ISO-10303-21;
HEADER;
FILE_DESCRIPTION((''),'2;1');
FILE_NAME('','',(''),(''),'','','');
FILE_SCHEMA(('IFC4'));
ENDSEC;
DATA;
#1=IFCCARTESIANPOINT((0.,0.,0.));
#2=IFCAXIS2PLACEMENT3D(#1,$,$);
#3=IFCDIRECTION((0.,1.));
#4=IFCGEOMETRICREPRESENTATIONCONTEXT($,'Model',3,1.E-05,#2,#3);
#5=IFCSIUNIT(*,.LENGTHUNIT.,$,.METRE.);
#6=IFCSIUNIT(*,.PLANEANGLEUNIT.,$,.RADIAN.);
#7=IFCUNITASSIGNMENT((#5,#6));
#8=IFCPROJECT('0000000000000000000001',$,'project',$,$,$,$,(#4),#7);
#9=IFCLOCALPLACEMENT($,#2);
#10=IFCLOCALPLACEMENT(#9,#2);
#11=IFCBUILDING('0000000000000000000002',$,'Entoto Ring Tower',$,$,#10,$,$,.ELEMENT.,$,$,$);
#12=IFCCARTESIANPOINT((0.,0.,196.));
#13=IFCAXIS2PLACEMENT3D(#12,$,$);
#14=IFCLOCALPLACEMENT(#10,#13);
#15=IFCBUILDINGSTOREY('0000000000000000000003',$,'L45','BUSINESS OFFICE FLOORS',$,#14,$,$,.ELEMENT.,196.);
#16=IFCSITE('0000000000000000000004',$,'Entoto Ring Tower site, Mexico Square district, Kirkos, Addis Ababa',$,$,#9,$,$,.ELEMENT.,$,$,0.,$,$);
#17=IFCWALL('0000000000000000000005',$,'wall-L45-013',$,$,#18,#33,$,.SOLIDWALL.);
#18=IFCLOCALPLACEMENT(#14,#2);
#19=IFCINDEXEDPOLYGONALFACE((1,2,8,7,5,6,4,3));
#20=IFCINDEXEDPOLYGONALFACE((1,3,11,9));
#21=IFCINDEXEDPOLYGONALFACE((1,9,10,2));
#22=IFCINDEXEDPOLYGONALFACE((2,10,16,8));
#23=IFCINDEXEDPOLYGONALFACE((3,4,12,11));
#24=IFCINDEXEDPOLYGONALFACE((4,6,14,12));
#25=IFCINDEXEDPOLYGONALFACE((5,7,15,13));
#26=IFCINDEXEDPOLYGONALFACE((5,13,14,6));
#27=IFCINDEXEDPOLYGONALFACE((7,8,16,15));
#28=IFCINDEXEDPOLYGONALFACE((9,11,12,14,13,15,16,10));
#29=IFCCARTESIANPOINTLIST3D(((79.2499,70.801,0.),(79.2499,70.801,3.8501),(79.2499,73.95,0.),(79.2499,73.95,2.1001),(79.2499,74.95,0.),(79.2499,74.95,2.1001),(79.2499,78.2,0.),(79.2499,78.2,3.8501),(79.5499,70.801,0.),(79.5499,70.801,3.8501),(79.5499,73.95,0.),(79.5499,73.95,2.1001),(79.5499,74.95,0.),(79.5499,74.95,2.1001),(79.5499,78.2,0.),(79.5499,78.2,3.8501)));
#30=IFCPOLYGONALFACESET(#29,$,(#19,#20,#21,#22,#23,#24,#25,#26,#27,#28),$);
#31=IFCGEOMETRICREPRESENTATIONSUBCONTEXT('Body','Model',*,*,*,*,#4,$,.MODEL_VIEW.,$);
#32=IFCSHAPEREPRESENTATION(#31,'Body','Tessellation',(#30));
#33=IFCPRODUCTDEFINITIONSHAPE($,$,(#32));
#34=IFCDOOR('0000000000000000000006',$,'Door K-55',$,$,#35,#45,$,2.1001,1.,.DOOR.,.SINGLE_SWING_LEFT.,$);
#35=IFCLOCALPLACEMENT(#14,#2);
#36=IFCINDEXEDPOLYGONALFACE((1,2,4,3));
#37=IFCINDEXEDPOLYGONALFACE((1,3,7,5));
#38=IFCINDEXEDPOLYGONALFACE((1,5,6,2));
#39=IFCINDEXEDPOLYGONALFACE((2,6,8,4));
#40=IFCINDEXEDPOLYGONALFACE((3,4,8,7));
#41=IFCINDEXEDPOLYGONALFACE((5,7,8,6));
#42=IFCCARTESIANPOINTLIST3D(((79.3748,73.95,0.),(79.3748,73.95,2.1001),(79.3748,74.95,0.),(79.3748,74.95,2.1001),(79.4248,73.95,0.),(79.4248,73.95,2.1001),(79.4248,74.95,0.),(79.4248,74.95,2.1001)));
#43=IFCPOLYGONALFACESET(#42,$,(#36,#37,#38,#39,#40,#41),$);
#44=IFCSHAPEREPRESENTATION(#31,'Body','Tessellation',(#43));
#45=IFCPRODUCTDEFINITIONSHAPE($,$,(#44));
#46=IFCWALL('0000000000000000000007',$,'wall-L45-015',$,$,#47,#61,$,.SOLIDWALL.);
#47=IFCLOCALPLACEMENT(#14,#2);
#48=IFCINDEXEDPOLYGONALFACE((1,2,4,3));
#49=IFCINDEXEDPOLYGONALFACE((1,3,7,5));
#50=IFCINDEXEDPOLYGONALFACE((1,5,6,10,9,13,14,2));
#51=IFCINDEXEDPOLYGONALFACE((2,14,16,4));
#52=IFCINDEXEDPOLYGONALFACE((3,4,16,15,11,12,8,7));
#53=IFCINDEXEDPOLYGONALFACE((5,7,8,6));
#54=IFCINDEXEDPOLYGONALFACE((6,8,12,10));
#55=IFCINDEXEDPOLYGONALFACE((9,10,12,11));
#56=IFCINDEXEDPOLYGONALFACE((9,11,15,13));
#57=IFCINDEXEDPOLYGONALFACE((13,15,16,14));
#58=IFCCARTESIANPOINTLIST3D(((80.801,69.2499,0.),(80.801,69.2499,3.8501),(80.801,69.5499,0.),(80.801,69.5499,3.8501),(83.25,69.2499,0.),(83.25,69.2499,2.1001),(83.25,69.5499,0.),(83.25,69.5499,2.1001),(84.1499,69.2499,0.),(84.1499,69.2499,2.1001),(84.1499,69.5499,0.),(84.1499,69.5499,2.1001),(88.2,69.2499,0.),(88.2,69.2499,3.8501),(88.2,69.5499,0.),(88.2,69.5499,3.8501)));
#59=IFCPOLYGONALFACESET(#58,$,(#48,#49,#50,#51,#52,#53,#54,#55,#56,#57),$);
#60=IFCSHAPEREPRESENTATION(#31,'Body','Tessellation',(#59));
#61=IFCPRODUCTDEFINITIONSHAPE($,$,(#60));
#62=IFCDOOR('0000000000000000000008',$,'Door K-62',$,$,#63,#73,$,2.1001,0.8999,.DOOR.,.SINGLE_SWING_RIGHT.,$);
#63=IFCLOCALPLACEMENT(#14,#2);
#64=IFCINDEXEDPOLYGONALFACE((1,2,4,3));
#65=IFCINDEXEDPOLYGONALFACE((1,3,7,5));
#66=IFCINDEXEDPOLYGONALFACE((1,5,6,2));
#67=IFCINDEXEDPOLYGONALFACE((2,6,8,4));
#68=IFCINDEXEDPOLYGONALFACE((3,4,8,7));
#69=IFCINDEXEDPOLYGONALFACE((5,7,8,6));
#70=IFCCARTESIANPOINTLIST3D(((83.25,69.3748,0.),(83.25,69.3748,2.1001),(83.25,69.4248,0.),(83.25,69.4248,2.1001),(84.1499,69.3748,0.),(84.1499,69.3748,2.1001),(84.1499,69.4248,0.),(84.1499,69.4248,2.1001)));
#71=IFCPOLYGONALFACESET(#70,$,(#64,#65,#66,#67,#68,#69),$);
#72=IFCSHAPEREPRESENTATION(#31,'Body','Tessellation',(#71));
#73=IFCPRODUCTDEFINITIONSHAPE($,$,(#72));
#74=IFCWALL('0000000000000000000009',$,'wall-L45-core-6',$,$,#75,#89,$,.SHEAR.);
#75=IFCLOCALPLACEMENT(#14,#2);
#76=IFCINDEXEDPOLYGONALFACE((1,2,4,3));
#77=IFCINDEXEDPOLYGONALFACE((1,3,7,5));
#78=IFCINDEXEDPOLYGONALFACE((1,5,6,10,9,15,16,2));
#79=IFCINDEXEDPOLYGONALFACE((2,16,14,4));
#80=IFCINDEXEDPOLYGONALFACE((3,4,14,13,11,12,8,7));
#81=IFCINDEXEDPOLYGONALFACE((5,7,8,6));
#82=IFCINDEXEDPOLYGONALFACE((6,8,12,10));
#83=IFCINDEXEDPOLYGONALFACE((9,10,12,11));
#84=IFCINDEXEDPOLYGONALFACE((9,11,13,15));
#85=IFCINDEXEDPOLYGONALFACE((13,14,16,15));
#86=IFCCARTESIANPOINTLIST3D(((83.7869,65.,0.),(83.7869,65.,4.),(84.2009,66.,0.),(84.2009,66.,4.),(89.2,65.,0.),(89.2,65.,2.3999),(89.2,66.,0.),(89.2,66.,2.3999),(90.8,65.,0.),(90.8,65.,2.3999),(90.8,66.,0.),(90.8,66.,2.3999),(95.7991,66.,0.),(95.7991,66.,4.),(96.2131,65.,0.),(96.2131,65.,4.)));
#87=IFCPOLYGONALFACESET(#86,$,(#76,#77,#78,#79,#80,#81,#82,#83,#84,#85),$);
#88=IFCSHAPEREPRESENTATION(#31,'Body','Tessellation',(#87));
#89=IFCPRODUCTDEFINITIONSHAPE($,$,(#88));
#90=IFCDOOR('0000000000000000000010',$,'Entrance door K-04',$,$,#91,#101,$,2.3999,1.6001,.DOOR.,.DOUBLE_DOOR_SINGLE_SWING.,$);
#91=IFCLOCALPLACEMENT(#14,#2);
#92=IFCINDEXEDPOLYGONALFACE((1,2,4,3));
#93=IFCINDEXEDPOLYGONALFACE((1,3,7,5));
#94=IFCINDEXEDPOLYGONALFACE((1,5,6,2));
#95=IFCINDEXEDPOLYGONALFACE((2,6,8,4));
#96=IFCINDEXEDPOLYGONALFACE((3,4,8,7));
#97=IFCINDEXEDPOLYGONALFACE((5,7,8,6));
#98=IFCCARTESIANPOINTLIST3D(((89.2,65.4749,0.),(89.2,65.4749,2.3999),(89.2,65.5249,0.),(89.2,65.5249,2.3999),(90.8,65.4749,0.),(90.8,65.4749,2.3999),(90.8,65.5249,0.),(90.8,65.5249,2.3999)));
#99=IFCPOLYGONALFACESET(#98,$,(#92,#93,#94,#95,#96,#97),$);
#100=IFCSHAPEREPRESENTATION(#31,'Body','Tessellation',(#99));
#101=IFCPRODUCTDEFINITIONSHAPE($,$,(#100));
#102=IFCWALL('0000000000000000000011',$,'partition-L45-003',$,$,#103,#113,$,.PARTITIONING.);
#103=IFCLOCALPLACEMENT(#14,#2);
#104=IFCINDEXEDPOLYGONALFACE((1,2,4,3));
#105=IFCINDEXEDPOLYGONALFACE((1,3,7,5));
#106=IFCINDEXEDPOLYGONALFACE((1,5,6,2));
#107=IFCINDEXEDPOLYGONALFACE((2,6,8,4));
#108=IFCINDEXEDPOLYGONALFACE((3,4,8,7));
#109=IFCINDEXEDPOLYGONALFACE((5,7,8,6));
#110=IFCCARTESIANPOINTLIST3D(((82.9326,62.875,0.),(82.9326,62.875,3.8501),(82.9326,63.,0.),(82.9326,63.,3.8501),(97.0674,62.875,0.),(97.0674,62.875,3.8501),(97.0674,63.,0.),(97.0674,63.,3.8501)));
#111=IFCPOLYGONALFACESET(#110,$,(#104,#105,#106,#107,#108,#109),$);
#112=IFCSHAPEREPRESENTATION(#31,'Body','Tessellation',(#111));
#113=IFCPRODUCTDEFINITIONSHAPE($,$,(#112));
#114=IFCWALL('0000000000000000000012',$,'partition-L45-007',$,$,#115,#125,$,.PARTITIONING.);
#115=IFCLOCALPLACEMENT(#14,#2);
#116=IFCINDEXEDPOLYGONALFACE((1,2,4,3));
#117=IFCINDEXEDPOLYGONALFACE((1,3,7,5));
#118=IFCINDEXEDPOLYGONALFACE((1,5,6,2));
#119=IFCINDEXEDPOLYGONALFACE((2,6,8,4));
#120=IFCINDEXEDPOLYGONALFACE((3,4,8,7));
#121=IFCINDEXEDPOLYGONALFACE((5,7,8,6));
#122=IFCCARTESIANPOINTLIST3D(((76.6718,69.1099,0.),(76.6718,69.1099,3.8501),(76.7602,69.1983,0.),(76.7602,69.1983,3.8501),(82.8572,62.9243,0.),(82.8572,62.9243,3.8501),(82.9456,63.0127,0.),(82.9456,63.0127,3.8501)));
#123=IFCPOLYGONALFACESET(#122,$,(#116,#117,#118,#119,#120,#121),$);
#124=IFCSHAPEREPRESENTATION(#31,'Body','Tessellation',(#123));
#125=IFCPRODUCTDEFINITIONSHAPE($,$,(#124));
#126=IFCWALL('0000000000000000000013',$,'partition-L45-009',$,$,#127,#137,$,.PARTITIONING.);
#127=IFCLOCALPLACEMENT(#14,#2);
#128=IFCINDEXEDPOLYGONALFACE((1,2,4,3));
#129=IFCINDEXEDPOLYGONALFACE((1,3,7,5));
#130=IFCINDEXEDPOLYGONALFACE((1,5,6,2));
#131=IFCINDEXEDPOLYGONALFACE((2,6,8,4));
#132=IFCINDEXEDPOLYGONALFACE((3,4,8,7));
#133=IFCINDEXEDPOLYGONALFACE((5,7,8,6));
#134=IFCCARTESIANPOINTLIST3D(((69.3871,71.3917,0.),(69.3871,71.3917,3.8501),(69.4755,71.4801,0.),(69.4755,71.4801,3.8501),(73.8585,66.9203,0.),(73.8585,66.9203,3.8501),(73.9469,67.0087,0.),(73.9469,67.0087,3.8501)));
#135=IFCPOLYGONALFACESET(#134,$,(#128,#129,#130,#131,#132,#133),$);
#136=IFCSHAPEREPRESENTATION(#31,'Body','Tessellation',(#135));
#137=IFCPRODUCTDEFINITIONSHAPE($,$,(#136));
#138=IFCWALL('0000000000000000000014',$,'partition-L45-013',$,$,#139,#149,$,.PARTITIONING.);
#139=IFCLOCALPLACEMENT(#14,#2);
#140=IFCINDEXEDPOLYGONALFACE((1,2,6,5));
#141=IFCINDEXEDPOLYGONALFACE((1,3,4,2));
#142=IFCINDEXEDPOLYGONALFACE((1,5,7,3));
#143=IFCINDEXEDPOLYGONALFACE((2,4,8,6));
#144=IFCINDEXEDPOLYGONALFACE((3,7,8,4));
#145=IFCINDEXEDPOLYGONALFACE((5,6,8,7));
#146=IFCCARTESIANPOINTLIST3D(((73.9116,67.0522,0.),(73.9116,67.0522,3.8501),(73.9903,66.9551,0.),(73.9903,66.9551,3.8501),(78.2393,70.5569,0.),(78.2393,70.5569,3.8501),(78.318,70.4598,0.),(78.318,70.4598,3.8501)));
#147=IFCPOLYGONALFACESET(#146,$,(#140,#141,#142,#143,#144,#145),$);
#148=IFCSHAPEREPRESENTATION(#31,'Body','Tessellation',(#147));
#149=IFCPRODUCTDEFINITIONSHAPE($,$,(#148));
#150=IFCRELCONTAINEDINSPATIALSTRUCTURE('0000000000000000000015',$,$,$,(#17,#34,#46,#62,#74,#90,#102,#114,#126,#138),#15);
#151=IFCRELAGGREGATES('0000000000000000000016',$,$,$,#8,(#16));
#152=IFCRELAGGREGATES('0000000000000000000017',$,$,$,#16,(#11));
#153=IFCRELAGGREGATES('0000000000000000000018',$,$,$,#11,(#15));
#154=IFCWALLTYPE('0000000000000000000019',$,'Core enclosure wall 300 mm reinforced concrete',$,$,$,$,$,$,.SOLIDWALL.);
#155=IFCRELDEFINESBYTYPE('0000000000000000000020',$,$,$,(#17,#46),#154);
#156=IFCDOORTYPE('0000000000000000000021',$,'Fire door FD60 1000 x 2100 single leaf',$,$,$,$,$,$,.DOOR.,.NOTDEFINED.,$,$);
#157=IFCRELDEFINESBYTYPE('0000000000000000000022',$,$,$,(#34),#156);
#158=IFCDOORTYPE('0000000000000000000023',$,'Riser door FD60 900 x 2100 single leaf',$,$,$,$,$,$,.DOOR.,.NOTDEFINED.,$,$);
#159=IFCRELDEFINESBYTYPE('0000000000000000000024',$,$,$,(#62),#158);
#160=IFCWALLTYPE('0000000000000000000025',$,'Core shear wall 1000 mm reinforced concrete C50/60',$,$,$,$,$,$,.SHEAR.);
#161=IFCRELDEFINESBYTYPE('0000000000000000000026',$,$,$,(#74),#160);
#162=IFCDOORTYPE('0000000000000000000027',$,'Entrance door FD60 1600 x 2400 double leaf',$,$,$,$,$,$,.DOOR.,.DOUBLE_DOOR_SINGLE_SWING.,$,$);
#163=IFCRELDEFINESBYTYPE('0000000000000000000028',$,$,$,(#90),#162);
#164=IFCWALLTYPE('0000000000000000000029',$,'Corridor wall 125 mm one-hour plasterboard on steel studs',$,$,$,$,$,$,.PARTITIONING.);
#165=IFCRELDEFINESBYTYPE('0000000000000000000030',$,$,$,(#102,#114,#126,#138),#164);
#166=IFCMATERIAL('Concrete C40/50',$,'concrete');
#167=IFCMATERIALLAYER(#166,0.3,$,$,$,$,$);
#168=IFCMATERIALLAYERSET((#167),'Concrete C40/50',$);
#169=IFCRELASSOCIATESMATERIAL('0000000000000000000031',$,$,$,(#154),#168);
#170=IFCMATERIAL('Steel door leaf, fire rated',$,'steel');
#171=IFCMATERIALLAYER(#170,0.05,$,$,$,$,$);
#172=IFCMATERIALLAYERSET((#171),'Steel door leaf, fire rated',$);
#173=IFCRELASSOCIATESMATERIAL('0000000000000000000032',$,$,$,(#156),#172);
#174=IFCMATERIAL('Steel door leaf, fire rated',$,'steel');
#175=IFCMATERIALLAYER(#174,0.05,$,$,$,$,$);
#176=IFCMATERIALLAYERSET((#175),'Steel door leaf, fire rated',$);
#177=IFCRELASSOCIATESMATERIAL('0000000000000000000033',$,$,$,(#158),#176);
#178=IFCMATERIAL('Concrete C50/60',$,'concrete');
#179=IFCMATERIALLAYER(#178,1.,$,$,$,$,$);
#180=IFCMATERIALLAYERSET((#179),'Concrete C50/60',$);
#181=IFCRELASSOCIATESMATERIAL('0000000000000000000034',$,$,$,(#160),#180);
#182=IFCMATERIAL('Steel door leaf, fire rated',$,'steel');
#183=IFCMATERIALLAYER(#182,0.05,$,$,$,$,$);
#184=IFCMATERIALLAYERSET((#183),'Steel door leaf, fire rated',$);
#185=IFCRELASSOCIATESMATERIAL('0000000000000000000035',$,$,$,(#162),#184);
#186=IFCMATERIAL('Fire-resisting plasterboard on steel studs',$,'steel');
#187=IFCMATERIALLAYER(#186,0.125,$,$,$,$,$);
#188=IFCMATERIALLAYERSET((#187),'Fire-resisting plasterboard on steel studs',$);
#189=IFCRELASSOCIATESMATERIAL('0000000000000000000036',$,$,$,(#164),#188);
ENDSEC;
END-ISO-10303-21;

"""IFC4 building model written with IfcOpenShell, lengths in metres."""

from ifc_helpers import new_model, si_unit, direction, frame, frame_2d, origin, place, context, subcontext, project, spatial, polyline, rectangle, outline, extrude, material, layer, layer_set, type_object, element, fill, save


model = new_model("IFC4")

# Units and contexts
model_context = context("Model", 3, precision=1e-05, world=origin(), true_north=direction((0.0, 1.0)))
body_context = subcontext(model_context, "Body", "Model", "MODEL_VIEW")
ifc_project = project(units=[si_unit("LENGTHUNIT", "METRE"), si_unit("PLANEANGLEUNIT", "RADIAN")], contexts=[model_context])

# Site, building, storey
site_placement = place(None, origin())
site = spatial("IfcSite", under=ifc_project, at=site_placement, Name="Entoto Ring Tower site, Mexico Square district, Kirkos, Addis Ababa", CompositionType="ELEMENT", RefElevation=0.0)
building_placement = place(site_placement, origin())
building = spatial("IfcBuilding", under=site, at=building_placement, Name="Entoto Ring Tower", CompositionType="ELEMENT")
storey_placement = place(building_placement, frame((0.0, 0.0, 196.0)))
storey = spatial("IfcBuildingStorey", under=building, at=storey_placement, Name="L45", Description="BUSINESS OFFICE FLOORS", CompositionType="ELEMENT", Elevation=196.0)

# Walls, openings, doors
ifc_material_1 = material(Name="Concrete C40/50", Category="concrete")
ifc_layer_1 = layer(ifc_material_1, 0.3)
ifc_layer_set_1 = layer_set([ifc_layer_1], Name="Concrete C40/50")
wall_type_1 = type_object("IfcWallType", Name="Core enclosure wall 300 mm reinforced concrete", PredefinedType="SOLIDWALL", material=ifc_layer_set_1)
wall_1_placement = place(storey_placement, frame((79.3999, 70.801, 0.0), z_axis=(0.0, 0.0, 1.0), x_axis=(0.0, 1.0, 0.0)))
wall_1 = element("IfcWall", 1, at=wall_1_placement, inside=storey, type_object=wall_type_1, Name="wall-L45-013", PredefinedType="SOLIDWALL", context=body_context, shape_type="SweptSolid", body=[
    extrude(rectangle(XDim=7.3989, YDim=0.3, at=frame_2d((3.6995, 0.0))), origin(), (0.0, 0.0, 1.0), 3.8501),
])
opening_1_placement = place(wall_1_placement, frame((3.1489, 0.0, 0.0)))
opening_1 = element("IfcOpeningElement", 2, at=opening_1_placement, cuts=wall_1, PredefinedType="OPENING", context=body_context, shape_type="SweptSolid", body=[
    extrude(rectangle(XDim=1.0, YDim=2.1001, at=frame_2d((0.5, 1.05))), frame((0.0, 0.1602, 0.0), z_axis=(0.0, -1.0, 0.0), x_axis=(1.0, 0.0, 0.0)), (0.0, 0.0, 1.0), 0.3201),
])
ifc_material_2 = material(Name="Steel door leaf, fire rated", Category="steel")
ifc_layer_2 = layer(ifc_material_2, 0.05)
ifc_layer_set_2 = layer_set([ifc_layer_2], Name="Steel door leaf, fire rated")
door_type_1 = type_object("IfcDoorType", Name="Fire door FD60 1000 x 2100 single leaf", OperationType="NOTDEFINED", PredefinedType="DOOR", material=ifc_layer_set_2)
door_1_placement = place(opening_1_placement, frame((1.0, 0.0, 0.0), z_axis=(0.0, 0.0, 1.0), x_axis=(-1.0, 0.0, 0.0)))
door_1 = element("IfcDoor", 3, at=door_1_placement, inside=storey, type_object=door_type_1, Name="Door K-55", OperationType="SINGLE_SWING_LEFT", OverallHeight=2.1001, OverallWidth=1.0, PredefinedType="DOOR", context=body_context, shape_type="SweptSolid", body=[
    extrude(rectangle(XDim=1.0, YDim=2.1001, at=frame_2d((0.5, 1.05))), frame((0.0, 0.0249, 0.0), z_axis=(0.0, -1.0, 0.0), x_axis=(1.0, 0.0, 0.0)), (0.0, 0.0, 1.0), 0.05),
])
fill(opening_1, door_1)
wall_2_placement = place(storey_placement, frame((80.801, 69.3999, 0.0), z_axis=(0.0, 0.0, 1.0), x_axis=(1.0, 0.0, 0.0)))
wall_2 = element("IfcWall", 4, at=wall_2_placement, inside=storey, type_object=wall_type_1, Name="wall-L45-015", PredefinedType="SOLIDWALL", context=body_context, shape_type="SweptSolid", body=[
    extrude(rectangle(XDim=7.3989, YDim=0.3, at=frame_2d((3.6995, 0.0))), origin(), (0.0, 0.0, 1.0), 3.8501),
])
opening_2_placement = place(wall_2_placement, frame((2.449, 0.0, 0.0)))
opening_2 = element("IfcOpeningElement", 5, at=opening_2_placement, cuts=wall_2, PredefinedType="OPENING", context=body_context, shape_type="SweptSolid", body=[
    extrude(rectangle(XDim=0.8999, YDim=2.1001, at=frame_2d((0.45, 1.05))), frame((0.0, 0.1602, 0.0), z_axis=(0.0, -1.0, 0.0), x_axis=(1.0, 0.0, 0.0)), (0.0, 0.0, 1.0), 0.3201),
])
ifc_material_3 = material(Name="Steel door leaf, fire rated", Category="steel")
ifc_layer_3 = layer(ifc_material_3, 0.05)
ifc_layer_set_3 = layer_set([ifc_layer_3], Name="Steel door leaf, fire rated")
door_type_2 = type_object("IfcDoorType", Name="Riser door FD60 900 x 2100 single leaf", OperationType="NOTDEFINED", PredefinedType="DOOR", material=ifc_layer_set_3)
door_2_placement = place(opening_2_placement, origin())
door_2 = element("IfcDoor", 6, at=door_2_placement, inside=storey, type_object=door_type_2, Name="Door K-62", OperationType="SINGLE_SWING_RIGHT", OverallHeight=2.1001, OverallWidth=0.8999, PredefinedType="DOOR", context=body_context, shape_type="SweptSolid", body=[
    extrude(rectangle(XDim=0.8999, YDim=2.1001, at=frame_2d((0.45, 1.05))), frame((0.0, 0.0249, 0.0), z_axis=(0.0, -1.0, 0.0), x_axis=(1.0, 0.0, 0.0)), (0.0, 0.0, 1.0), 0.05),
])
fill(opening_2, door_2)
ifc_material_4 = material(Name="Concrete C50/60", Category="concrete")
ifc_layer_4 = layer(ifc_material_4, 1.0)
ifc_layer_set_4 = layer_set([ifc_layer_4], Name="Concrete C50/60")
wall_type_2 = type_object("IfcWallType", Name="Core shear wall 1000 mm reinforced concrete C50/60", PredefinedType="SHEAR", material=ifc_layer_set_4)
wall_3_placement = place(storey_placement, frame((83.9939, 65.5, 0.0), z_axis=(0.0, 0.0, 1.0), x_axis=(1.0, 0.0, 0.0)))
wall_3 = element("IfcWall", 7, at=wall_3_placement, inside=storey, type_object=wall_type_2, Name="wall-L45-core-6", PredefinedType="SHEAR", context=body_context, shape_type="SweptSolid", body=[
    extrude(outline(polyline([(-0.207, -0.5), (12.2192, -0.5), (11.8052, 0.5), (0.207, 0.5), (-0.207, -0.5)])), origin(), (0.0, 0.0, 1.0), 4.0),
])
opening_3_placement = place(wall_3_placement, frame((5.2061, 0.0, 0.0)))
opening_3 = element("IfcOpeningElement", 8, at=opening_3_placement, cuts=wall_3, PredefinedType="OPENING", context=body_context, shape_type="SweptSolid", body=[
    extrude(rectangle(XDim=1.6001, YDim=2.3999, at=frame_2d((0.8, 1.2))), frame((0.0, 0.51, 0.0), z_axis=(0.0, -1.0, 0.0), x_axis=(1.0, 0.0, 0.0)), (0.0, 0.0, 1.0), 1.02),
])
ifc_material_5 = material(Name="Steel door leaf, fire rated", Category="steel")
ifc_layer_5 = layer(ifc_material_5, 0.05)
ifc_layer_set_5 = layer_set([ifc_layer_5], Name="Steel door leaf, fire rated")
door_type_3 = type_object("IfcDoorType", Name="Entrance door FD60 1600 x 2400 double leaf", OperationType="DOUBLE_DOOR_SINGLE_SWING", PredefinedType="DOOR", material=ifc_layer_set_5)
door_3_placement = place(opening_3_placement, origin())
door_3 = element("IfcDoor", 9, at=door_3_placement, inside=storey, type_object=door_type_3, Name="Entrance door K-04", OperationType="DOUBLE_DOOR_SINGLE_SWING", OverallHeight=2.3999, OverallWidth=1.6001, PredefinedType="DOOR", context=body_context, shape_type="SweptSolid", body=[
    extrude(rectangle(XDim=1.6001, YDim=2.3999, at=frame_2d((0.8, 1.2))), frame((0.0, 0.0249, 0.0), z_axis=(0.0, -1.0, 0.0), x_axis=(1.0, 0.0, 0.0)), (0.0, 0.0, 1.0), 0.05),
])
fill(opening_3, door_3)

# Walls
ifc_material_6 = material(Name="Fire-resisting plasterboard on steel studs", Category="steel")
ifc_layer_6 = layer(ifc_material_6, 0.125)
ifc_layer_set_6 = layer_set([ifc_layer_6], Name="Fire-resisting plasterboard on steel studs")
wall_type_3 = type_object("IfcWallType", Name="Corridor wall 125 mm one-hour plasterboard on steel studs", PredefinedType="PARTITIONING", material=ifc_layer_set_6)
wall_4_placement = place(storey_placement, frame((82.9326, 62.9375, 0.0), z_axis=(0.0, 0.0, 1.0), x_axis=(1.0, 0.0, 0.0)))
element("IfcWall", 10, at=wall_4_placement, inside=storey, type_object=wall_type_3, Name="partition-L45-003", PredefinedType="PARTITIONING", context=body_context, shape_type="SweptSolid", body=[
    extrude(rectangle(XDim=14.1348, YDim=0.125, at=frame_2d((7.0674, 0.0))), origin(), (0.0, 0.0, 1.0), 3.8501),
])
wall_5_placement = place(storey_placement, frame((82.9014, 62.9685, 0.0), z_axis=(0.0, 0.0, 1.0), x_axis=(-0.707093, 0.707121, 0.0)))
element("IfcWall", 11, at=wall_5_placement, inside=storey, type_object=wall_type_3, Name="partition-L45-007", PredefinedType="PARTITIONING", context=body_context, shape_type="SweptSolid", body=[
    extrude(rectangle(XDim=8.7476, YDim=0.125, at=frame_2d((4.3738, 0.0))), origin(), (0.0, 0.0, 1.0), 3.8501),
])
wall_6_placement = place(storey_placement, frame((73.9026, 66.9646, 0.0), z_axis=(0.0, 0.0, 1.0), x_axis=(-0.707107, 0.707107, 0.0)))
element("IfcWall", 12, at=wall_6_placement, inside=storey, type_object=wall_type_3, Name="partition-L45-009", PredefinedType="PARTITIONING", context=body_context, shape_type="SweptSolid", body=[
    extrude(rectangle(XDim=6.3235, YDim=0.125, at=frame_2d((3.1616, 0.0))), origin(), (0.0, 0.0, 1.0), 3.8501),
])
wall_7_placement = place(storey_placement, frame((73.9509, 67.0037, 0.0), z_axis=(0.0, 0.0, 1.0), x_axis=(0.777129, 0.629341, 0.0)))
element("IfcWall", 13, at=wall_7_placement, inside=storey, type_object=wall_type_3, Name="partition-L45-013", PredefinedType="PARTITIONING", context=body_context, shape_type="SweptSolid", body=[
    extrude(rectangle(XDim=5.5688, YDim=0.125, at=frame_2d((2.7844, 0.0))), origin(), (0.0, 0.0, 1.0), 3.8501),
])

save(model, "model.ifc")
